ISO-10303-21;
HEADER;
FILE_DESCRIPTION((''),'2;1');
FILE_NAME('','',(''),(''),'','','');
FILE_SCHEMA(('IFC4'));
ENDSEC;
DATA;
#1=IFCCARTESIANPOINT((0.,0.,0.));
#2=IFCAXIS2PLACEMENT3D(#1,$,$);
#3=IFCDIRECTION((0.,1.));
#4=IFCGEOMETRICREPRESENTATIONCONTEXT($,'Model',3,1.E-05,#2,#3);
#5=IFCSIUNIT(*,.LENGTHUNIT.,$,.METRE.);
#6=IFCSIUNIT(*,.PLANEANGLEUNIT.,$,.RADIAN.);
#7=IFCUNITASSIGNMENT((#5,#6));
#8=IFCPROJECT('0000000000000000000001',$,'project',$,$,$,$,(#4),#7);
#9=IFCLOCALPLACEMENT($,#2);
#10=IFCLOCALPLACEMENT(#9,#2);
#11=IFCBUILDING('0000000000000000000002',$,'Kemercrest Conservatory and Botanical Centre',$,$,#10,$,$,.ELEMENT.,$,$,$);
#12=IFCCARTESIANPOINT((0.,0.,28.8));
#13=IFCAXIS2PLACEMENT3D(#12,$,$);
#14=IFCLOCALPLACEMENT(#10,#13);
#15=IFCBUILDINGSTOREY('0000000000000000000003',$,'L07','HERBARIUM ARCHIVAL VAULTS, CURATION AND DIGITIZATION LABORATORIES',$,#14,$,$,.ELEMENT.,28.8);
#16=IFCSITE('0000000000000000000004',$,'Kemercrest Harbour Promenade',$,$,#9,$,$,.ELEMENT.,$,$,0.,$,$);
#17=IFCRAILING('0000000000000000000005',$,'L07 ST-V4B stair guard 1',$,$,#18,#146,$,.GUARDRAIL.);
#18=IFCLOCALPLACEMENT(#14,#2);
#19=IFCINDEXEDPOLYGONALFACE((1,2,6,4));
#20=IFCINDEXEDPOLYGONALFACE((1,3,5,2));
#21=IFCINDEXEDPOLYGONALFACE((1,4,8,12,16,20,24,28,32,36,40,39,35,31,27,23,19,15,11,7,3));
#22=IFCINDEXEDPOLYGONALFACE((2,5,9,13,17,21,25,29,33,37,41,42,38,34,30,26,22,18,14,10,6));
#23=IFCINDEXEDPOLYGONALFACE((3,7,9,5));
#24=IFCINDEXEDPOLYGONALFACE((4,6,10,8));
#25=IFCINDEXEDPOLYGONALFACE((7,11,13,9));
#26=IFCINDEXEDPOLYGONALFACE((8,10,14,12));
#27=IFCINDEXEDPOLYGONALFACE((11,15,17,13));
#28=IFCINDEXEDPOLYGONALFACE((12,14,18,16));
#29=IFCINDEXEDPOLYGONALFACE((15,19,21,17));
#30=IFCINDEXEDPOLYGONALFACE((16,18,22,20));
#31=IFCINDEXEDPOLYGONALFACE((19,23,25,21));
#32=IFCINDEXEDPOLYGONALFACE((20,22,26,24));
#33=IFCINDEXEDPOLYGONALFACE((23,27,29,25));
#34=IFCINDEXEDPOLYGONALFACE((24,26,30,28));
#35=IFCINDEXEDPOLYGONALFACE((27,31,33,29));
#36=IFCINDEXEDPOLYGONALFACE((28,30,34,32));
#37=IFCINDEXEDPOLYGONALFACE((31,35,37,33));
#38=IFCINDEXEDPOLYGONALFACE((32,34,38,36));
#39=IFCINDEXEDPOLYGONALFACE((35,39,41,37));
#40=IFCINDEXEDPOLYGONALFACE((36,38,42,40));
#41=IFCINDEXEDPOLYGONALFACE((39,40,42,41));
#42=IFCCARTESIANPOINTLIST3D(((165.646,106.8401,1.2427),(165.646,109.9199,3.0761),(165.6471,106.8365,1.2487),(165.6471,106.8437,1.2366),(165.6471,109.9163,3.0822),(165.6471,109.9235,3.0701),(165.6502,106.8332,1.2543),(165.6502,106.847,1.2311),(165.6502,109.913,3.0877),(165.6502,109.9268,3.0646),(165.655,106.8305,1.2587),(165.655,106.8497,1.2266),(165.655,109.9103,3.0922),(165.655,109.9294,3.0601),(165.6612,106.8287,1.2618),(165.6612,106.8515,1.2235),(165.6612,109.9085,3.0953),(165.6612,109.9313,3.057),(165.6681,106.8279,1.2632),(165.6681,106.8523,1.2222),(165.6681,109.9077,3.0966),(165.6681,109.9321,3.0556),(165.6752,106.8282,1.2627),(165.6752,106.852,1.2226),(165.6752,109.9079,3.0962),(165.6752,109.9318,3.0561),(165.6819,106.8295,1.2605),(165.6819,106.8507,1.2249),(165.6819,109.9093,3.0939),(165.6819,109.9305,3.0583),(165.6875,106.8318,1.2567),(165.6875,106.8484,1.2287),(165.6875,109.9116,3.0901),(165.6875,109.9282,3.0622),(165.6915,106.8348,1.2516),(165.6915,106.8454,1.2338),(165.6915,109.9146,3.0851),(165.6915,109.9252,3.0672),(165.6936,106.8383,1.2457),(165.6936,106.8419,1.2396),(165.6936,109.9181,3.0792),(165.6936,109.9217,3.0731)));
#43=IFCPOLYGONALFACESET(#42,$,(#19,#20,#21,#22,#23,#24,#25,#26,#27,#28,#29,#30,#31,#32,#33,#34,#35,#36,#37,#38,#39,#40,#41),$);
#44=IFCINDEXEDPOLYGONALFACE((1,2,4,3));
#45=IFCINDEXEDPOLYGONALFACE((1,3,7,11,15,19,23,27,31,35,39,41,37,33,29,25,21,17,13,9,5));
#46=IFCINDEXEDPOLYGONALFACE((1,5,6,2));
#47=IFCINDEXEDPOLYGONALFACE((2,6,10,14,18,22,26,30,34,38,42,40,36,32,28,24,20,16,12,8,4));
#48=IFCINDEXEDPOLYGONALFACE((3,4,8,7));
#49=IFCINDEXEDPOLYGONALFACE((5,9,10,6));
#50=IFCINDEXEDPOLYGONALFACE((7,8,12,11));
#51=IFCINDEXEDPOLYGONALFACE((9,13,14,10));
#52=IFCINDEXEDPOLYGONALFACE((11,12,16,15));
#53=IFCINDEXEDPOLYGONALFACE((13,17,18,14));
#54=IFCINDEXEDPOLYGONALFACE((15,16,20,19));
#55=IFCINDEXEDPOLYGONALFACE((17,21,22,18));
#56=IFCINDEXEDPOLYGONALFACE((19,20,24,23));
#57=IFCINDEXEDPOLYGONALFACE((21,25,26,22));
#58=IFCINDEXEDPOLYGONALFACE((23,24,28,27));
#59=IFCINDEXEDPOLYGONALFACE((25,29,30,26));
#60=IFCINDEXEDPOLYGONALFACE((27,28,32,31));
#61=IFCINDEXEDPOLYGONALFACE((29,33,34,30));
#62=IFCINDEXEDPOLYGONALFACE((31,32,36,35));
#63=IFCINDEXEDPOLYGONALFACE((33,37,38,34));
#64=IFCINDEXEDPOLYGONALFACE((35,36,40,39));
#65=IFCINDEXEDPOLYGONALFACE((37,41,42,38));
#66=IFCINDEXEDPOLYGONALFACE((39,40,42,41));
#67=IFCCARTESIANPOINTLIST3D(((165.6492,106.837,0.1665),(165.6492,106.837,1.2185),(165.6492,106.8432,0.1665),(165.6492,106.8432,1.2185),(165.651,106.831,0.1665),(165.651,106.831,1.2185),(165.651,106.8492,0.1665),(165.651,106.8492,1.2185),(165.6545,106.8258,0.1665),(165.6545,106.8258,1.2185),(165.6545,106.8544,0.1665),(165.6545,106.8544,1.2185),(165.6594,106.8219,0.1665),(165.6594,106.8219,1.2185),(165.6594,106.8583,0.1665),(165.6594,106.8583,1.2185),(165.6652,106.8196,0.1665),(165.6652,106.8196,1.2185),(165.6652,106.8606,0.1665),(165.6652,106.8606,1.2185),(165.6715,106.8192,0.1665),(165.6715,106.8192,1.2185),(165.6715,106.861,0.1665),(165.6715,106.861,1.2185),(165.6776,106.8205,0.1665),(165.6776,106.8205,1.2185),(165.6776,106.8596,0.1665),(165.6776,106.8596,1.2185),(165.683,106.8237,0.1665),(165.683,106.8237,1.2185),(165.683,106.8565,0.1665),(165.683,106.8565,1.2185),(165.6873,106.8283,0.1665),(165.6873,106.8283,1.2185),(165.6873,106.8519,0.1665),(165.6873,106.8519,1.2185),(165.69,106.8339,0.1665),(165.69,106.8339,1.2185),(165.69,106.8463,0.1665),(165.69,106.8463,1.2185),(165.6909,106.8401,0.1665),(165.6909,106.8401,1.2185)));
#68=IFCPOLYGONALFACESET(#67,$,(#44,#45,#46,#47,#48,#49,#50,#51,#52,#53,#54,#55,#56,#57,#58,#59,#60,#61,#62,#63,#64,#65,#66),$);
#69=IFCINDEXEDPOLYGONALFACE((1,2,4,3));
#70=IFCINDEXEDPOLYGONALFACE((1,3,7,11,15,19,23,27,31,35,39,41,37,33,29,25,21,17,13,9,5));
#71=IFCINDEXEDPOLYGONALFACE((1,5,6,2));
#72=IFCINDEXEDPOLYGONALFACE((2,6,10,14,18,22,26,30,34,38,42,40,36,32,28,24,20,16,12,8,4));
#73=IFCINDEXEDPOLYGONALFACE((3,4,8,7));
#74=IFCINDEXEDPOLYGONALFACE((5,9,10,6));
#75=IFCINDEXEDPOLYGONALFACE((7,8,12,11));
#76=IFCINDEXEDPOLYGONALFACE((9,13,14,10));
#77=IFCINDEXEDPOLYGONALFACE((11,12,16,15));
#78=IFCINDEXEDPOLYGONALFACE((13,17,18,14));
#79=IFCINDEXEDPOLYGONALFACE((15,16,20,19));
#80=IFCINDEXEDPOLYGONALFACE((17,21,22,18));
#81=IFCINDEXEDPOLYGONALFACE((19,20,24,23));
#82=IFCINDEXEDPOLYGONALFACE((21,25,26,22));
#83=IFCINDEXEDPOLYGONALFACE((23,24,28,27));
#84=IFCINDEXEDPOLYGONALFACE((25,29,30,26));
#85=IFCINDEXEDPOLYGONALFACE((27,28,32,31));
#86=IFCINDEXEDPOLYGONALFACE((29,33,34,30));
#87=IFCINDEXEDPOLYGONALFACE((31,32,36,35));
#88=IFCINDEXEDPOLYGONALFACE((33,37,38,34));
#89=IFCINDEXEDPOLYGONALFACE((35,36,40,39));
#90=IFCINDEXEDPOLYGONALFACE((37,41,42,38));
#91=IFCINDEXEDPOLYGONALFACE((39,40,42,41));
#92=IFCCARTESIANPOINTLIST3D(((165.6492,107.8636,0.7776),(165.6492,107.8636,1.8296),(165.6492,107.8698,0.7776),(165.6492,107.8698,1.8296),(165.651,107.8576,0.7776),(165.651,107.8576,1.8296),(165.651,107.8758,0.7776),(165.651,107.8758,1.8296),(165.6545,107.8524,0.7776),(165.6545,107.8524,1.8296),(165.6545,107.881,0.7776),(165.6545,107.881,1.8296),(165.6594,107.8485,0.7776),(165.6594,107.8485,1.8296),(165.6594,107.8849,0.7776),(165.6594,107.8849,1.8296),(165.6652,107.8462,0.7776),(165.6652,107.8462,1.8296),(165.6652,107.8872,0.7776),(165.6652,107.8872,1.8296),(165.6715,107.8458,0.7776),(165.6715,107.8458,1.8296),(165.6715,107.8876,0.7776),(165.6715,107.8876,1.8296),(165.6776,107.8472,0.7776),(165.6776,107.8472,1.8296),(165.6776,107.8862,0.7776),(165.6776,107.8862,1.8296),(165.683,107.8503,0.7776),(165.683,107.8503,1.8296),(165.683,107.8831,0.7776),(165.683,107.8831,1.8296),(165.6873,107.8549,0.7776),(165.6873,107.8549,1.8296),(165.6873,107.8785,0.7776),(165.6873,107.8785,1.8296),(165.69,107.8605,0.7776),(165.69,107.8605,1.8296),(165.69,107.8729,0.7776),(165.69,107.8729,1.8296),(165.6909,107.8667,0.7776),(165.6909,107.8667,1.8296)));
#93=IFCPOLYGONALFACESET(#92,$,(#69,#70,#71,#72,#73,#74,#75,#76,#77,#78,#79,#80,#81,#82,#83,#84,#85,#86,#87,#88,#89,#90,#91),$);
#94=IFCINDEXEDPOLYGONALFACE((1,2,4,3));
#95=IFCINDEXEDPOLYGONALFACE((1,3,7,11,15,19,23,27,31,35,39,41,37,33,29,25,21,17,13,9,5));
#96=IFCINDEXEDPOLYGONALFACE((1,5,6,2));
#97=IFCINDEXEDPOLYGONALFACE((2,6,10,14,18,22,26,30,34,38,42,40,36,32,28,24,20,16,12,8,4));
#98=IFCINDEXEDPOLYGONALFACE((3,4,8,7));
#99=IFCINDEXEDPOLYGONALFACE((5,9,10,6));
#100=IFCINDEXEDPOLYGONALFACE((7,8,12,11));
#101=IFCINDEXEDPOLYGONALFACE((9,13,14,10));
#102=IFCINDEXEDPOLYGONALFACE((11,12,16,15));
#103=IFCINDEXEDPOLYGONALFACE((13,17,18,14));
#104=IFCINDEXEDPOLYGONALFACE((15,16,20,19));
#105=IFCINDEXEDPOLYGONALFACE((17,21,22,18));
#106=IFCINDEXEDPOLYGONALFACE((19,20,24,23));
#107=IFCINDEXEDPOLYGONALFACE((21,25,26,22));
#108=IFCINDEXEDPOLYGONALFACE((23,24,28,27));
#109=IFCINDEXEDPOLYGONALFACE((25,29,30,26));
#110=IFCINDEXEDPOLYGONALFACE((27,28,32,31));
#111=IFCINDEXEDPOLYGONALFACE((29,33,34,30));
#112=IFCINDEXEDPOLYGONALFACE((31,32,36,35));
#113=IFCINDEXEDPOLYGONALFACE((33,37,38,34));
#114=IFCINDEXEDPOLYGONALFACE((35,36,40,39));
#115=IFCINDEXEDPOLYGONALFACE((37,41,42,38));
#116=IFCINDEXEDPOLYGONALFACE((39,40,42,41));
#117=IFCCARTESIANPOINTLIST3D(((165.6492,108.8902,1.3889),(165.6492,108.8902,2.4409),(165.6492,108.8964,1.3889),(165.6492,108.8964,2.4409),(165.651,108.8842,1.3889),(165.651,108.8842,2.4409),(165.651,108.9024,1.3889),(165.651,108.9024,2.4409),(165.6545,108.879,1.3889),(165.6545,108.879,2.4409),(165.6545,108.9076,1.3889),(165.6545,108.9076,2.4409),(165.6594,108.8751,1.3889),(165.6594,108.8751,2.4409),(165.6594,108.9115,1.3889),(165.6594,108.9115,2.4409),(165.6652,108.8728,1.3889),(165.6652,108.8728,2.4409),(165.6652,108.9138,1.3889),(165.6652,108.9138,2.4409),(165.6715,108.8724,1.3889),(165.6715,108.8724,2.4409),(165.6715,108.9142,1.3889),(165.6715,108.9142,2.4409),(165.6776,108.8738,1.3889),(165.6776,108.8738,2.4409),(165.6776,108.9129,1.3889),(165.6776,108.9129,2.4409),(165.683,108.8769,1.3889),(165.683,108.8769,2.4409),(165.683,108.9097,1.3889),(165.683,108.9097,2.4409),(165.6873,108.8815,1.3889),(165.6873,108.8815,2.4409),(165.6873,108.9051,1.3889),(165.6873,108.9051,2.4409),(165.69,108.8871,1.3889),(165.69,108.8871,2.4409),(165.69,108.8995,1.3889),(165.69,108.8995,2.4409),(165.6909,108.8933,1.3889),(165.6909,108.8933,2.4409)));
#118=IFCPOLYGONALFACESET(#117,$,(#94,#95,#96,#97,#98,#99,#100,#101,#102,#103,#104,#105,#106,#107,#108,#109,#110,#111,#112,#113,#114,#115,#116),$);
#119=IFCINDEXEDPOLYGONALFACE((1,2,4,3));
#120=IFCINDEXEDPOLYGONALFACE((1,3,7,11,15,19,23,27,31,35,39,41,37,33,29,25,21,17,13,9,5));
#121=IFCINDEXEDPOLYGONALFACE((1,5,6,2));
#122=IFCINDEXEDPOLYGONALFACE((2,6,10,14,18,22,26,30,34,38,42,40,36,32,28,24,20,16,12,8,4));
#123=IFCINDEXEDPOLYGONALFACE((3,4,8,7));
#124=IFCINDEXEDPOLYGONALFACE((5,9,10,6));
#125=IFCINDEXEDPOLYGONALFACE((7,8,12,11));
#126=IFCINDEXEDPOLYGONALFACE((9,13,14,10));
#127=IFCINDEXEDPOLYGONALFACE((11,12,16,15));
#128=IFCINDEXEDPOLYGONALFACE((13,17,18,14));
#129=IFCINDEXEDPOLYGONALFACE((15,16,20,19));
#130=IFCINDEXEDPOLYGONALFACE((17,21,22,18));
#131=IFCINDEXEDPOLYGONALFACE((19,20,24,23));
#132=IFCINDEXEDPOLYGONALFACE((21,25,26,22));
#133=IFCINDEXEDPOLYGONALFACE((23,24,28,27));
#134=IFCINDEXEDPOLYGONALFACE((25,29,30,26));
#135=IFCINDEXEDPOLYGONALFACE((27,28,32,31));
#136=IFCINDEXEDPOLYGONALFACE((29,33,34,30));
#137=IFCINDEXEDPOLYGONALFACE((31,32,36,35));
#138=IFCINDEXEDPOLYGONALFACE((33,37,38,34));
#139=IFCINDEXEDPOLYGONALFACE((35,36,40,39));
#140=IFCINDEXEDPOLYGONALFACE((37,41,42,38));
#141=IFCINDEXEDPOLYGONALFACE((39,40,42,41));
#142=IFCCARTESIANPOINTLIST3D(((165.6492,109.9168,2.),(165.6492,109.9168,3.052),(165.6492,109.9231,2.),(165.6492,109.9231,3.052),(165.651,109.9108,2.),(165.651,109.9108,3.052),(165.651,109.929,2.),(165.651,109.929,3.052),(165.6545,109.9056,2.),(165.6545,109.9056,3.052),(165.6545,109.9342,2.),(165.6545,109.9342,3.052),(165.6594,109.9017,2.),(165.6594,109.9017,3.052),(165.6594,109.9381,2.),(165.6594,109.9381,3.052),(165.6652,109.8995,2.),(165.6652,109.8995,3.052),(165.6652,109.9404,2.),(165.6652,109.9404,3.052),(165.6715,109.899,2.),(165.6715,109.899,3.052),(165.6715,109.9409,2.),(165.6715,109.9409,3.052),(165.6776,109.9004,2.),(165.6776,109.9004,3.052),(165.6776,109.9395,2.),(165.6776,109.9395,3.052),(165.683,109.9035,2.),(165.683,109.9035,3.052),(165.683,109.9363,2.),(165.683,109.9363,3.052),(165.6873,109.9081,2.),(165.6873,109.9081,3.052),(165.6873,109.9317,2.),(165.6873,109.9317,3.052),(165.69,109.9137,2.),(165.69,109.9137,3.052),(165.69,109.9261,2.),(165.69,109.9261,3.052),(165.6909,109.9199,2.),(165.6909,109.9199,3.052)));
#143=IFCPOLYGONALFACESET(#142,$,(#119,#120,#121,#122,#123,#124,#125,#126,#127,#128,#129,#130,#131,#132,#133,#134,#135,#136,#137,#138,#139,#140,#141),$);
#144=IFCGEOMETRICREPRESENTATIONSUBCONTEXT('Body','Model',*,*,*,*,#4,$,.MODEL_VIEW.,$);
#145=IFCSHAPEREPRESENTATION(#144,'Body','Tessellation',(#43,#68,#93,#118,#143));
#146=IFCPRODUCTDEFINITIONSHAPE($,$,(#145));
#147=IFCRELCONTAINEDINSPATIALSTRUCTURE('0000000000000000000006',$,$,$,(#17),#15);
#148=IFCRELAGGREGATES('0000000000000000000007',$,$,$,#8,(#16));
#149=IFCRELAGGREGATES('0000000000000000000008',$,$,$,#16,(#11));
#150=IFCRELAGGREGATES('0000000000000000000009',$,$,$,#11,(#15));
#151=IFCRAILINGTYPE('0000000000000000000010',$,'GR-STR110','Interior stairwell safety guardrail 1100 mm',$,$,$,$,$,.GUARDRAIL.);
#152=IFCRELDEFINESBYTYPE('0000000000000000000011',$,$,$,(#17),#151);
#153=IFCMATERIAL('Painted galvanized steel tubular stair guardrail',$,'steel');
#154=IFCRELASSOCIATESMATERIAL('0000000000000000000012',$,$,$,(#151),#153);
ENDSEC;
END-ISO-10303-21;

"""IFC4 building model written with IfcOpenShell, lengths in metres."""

from ifc_helpers import new_model, si_unit, direction, frame, origin, origin_2d, place, context, subcontext, project, spatial, circle, extrude, material, type_object, element, save


model = new_model("IFC4")

# Units and contexts
model_context = context("Model", 3, precision=1e-05, world=origin(), true_north=direction((0.0, 1.0)))
body_context = subcontext(model_context, "Body", "Model", "MODEL_VIEW")
ifc_project = project(units=[si_unit("LENGTHUNIT", "METRE"), si_unit("PLANEANGLEUNIT", "RADIAN")], contexts=[model_context])

# Site, building, storey
site_placement = place(None, origin())
site = spatial("IfcSite", under=ifc_project, at=site_placement, Name="Kemercrest Harbour Promenade", CompositionType="ELEMENT", RefElevation=0.0)
building_placement = place(site_placement, origin())
building = spatial("IfcBuilding", under=site, at=building_placement, Name="Kemercrest Conservatory and Botanical Centre", CompositionType="ELEMENT")
storey_placement = place(building_placement, frame((0.0, 0.0, 28.8)))
storey = spatial("IfcBuildingStorey", under=building, at=storey_placement, Name="L07", Description="HERBARIUM ARCHIVAL VAULTS, CURATION AND DIGITIZATION LABORATORIES", CompositionType="ELEMENT", Elevation=28.8)

# Railing
ifc_material_1 = material(Name="Painted galvanized steel tubular stair guardrail", Category="steel")
railing_type_1 = type_object("IfcRailingType", Name="GR-STR110", Description="Interior stairwell safety guardrail 1100 mm", PredefinedType="GUARDRAIL", material=ifc_material_1)
railing_1_placement = place(storey_placement, frame((165.6699, 106.8401, 0.1665)))
element("IfcRailing", 1, at=railing_1_placement, inside=storey, type_object=railing_type_1, Name="L07 ST-V4B stair guard 1", PredefinedType="GUARDRAIL", context=body_context, shape_type="SweptSolid", body=[
    extrude(circle(Radius=0.0239, at=origin_2d()), frame((0.0, 0.0, 1.0762), z_axis=(0.0, 0.859261, 0.511538), x_axis=(-1.0, 0.0, 0.0)), (0.0, 0.0, 1.0), 3.5842),
    extrude(circle(Radius=0.021, at=origin_2d()), origin(), (0.0, 0.0, 1.0), 1.052),
    extrude(circle(Radius=0.021, at=origin_2d()), frame((0.0, 1.0266, 0.6111)), (0.0, 0.0, 1.0), 1.052),
    extrude(circle(Radius=0.021, at=origin_2d()), frame((0.0, 2.0532, 1.2224)), (0.0, 0.0, 1.0), 1.052),
    extrude(circle(Radius=0.021, at=origin_2d()), frame((0.0, 3.0798, 1.8335)), (0.0, 0.0, 1.0), 1.052),
])

save(model, "model.ifc")
